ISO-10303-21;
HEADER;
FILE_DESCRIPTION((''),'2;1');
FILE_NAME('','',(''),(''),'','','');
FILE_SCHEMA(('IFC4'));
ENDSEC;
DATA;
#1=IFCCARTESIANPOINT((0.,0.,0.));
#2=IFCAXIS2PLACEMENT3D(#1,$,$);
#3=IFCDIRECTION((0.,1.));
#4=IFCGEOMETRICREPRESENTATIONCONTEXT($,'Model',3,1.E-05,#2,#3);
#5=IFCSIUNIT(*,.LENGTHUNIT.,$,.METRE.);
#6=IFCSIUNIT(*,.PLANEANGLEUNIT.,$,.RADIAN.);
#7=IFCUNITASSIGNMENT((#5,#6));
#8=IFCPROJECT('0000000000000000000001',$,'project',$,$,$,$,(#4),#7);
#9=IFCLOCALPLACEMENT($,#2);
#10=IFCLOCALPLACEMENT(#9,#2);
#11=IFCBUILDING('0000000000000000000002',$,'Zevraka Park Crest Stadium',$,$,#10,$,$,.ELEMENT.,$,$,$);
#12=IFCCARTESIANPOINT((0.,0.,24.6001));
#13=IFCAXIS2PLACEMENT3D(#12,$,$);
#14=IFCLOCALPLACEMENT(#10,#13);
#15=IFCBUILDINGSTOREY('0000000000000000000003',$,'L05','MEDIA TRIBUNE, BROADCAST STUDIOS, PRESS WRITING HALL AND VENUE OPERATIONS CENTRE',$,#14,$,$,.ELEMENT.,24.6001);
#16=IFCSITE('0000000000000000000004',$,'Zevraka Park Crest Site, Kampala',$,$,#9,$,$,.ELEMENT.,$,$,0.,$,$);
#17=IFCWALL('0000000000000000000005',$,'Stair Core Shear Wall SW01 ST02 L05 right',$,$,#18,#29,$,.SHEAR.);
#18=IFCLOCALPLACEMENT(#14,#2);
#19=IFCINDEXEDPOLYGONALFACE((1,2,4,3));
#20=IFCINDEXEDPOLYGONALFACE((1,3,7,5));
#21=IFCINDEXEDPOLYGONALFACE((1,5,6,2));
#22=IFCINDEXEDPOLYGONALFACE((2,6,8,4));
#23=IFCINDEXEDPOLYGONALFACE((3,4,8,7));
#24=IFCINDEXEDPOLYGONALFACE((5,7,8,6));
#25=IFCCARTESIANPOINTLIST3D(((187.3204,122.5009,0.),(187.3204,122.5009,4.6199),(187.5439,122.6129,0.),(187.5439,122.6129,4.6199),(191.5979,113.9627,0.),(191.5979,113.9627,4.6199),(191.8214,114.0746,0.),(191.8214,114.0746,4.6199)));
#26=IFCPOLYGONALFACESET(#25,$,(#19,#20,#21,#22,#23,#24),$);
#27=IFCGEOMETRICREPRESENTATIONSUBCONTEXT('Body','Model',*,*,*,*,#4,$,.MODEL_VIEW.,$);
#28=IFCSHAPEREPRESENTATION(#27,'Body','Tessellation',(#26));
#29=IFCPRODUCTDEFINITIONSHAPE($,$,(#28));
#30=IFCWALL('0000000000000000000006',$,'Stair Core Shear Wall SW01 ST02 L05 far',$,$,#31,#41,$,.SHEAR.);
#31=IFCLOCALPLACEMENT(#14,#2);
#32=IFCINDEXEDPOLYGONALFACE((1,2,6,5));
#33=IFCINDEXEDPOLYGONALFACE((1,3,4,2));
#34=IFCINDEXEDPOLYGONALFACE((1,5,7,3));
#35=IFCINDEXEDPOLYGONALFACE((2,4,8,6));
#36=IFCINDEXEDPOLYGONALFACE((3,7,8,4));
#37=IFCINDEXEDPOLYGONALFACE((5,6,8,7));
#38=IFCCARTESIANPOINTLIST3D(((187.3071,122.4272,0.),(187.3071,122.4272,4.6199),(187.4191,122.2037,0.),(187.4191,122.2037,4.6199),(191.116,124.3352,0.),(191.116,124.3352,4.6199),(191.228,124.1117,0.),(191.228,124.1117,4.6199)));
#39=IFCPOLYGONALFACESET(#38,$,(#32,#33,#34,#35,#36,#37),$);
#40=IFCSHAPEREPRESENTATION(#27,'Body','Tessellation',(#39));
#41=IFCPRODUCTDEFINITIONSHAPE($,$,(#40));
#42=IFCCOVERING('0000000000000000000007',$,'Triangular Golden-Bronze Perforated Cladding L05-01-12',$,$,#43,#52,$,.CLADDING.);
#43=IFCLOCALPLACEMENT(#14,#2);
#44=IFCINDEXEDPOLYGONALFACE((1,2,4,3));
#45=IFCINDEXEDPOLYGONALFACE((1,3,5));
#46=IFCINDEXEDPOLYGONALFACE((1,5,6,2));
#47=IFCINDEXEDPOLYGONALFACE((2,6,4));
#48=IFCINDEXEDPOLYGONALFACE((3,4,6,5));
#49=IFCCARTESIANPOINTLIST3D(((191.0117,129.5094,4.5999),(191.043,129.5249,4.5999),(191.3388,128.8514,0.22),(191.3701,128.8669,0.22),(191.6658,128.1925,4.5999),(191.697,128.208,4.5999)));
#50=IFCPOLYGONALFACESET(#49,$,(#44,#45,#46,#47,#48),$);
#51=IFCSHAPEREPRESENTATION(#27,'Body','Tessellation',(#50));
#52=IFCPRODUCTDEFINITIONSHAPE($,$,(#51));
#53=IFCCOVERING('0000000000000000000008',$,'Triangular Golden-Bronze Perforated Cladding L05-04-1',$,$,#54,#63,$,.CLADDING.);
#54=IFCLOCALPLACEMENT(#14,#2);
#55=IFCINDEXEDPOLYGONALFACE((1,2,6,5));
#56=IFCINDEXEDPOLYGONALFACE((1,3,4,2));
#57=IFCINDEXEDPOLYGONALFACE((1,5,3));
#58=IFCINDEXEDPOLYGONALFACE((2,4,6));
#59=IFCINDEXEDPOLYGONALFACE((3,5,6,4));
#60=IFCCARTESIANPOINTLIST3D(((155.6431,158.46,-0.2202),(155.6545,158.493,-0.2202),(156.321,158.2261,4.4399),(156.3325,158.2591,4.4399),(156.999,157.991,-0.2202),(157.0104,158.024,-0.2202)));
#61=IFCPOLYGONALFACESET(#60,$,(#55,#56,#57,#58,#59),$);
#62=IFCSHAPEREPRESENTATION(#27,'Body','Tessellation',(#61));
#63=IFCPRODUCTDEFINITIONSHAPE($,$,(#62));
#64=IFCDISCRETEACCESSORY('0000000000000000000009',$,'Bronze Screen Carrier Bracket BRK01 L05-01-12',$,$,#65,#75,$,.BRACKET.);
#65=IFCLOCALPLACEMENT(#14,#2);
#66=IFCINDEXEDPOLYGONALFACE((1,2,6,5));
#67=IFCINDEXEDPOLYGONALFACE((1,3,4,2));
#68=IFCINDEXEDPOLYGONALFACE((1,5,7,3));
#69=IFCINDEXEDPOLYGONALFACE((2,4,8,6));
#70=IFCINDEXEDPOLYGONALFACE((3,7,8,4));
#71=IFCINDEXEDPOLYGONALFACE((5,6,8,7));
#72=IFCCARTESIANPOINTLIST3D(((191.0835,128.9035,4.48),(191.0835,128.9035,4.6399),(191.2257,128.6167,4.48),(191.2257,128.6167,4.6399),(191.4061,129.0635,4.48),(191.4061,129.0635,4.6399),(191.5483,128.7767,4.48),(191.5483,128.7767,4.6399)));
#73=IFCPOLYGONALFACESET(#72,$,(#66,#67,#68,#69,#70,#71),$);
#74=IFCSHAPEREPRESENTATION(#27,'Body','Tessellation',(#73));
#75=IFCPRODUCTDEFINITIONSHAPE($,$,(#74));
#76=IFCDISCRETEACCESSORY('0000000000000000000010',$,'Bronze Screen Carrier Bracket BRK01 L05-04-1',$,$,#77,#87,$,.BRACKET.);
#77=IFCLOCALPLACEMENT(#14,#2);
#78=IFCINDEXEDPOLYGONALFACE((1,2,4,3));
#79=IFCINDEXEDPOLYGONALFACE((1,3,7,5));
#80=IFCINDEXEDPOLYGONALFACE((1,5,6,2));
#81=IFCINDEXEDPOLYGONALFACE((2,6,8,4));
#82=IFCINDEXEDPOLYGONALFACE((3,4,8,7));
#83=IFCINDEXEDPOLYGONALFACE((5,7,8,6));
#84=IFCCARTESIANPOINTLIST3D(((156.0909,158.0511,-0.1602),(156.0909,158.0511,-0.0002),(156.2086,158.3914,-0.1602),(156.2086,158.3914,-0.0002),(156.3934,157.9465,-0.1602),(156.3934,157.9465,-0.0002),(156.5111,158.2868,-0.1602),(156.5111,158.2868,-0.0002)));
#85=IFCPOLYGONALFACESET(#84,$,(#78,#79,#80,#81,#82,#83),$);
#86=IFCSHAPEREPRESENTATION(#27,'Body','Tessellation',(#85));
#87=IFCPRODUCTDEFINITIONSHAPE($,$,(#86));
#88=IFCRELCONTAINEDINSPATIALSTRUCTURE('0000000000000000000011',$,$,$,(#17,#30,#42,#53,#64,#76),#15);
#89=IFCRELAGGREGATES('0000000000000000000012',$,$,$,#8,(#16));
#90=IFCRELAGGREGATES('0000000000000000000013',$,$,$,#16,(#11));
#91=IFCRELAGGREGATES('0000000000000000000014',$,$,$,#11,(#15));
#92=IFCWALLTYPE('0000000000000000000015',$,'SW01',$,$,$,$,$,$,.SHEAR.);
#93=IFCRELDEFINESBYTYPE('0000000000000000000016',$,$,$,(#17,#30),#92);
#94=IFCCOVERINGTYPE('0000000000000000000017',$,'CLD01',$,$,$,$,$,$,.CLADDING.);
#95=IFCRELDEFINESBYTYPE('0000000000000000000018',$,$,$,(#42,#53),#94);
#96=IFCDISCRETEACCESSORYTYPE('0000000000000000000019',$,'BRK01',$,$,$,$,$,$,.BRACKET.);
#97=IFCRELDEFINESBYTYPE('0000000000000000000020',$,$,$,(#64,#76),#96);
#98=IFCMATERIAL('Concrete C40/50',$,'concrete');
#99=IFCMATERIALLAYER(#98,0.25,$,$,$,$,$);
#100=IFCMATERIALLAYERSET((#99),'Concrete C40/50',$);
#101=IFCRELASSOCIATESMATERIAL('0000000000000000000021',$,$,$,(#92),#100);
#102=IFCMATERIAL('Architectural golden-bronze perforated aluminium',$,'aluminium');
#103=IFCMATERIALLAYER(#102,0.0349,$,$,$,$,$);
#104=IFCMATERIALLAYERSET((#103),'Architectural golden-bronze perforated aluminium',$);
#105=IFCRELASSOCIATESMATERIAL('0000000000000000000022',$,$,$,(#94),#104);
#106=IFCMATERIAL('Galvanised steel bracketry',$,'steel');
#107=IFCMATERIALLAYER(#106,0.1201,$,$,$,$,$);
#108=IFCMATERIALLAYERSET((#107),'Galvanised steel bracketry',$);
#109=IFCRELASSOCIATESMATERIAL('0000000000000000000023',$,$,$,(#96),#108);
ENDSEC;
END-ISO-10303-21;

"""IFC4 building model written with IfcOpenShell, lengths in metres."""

from ifc_helpers import new_model, si_unit, direction, frame, frame_2d, origin, origin_2d, place, context, subcontext, project, spatial, polyline, rectangle, outline, extrude, material, layer, layer_set, type_object, element, save


model = new_model("IFC4")

# Units and contexts
model_context = context("Model", 3, precision=1e-05, world=origin(), true_north=direction((0.0, 1.0)))
body_context = subcontext(model_context, "Body", "Model", "MODEL_VIEW")
ifc_project = project(units=[si_unit("LENGTHUNIT", "METRE"), si_unit("PLANEANGLEUNIT", "RADIAN")], contexts=[model_context])

# Site, building, storey
site_placement = place(None, origin())
site = spatial("IfcSite", under=ifc_project, at=site_placement, Name="Zevraka Park Crest Site, Kampala", CompositionType="ELEMENT", RefElevation=0.0)
building_placement = place(site_placement, origin())
building = spatial("IfcBuilding", under=site, at=building_placement, Name="Zevraka Park Crest Stadium", CompositionType="ELEMENT")
storey_placement = place(building_placement, frame((0.0, 0.0, 24.6001)))
storey = spatial("IfcBuildingStorey", under=building, at=storey_placement, Name="L05", Description="MEDIA TRIBUNE, BROADCAST STUDIOS, PRESS WRITING HALL AND VENUE OPERATIONS CENTRE", CompositionType="ELEMENT", Elevation=24.6001)

# Walls
ifc_material_1 = material(Name="Concrete C40/50", Category="concrete")
ifc_layer_1 = layer(ifc_material_1, 0.25)
ifc_layer_set_1 = layer_set([ifc_layer_1], Name="Concrete C40/50")
wall_type_1 = type_object("IfcWallType", Name="SW01", PredefinedType="SHEAR", material=ifc_layer_set_1)
wall_1_placement = place(storey_placement, frame((187.4321, 122.5569, 0.0), z_axis=(0.0, 0.0, 1.0), x_axis=(0.447919, -0.894074, 0.0)))
element("IfcWall", 1, at=wall_1_placement, inside=storey, type_object=wall_type_1, Name="Stair Core Shear Wall SW01 ST02 L05 right", PredefinedType="SHEAR", context=body_context, shape_type="SweptSolid", body=[
    extrude(rectangle(XDim=9.5498, YDim=0.25, at=frame_2d((4.7749, 0.0))), origin(), (0.0, 0.0, 1.0), 4.6199),
])
wall_2_placement = place(storey_placement, frame((191.1719, 124.2234, 0.0), z_axis=(0.0, 0.0, 1.0), x_axis=(-0.894095, -0.447878, 0.0)))
element("IfcWall", 2, at=wall_2_placement, inside=storey, type_object=wall_type_1, Name="Stair Core Shear Wall SW01 ST02 L05 far", PredefinedType="SHEAR", context=body_context, shape_type="SweptSolid", body=[
    extrude(rectangle(XDim=4.26, YDim=0.25, at=frame_2d((2.1299, 0.0))), origin(), (0.0, 0.0, 1.0), 4.6199),
])

# Coverings
ifc_material_2 = material(Name="Architectural golden-bronze perforated aluminium", Category="aluminium")
ifc_layer_2 = layer(ifc_material_2, 0.0349)
ifc_layer_set_2 = layer_set([ifc_layer_2], Name="Architectural golden-bronze perforated aluminium")
covering_type = type_object("IfcCoveringType", Name="CLD01", PredefinedType="CLADDING", material=ifc_layer_set_2)
covering_1_placement = place(storey_placement, frame((191.043, 129.5249, 4.5999), z_axis=(0.895619, 0.444821, 0.000075), x_axis=(0.444821, -0.895619, 0.0)))
element("IfcCovering", 3, at=covering_1_placement, inside=storey, type_object=covering_type, Name="Triangular Golden-Bronze Perforated Cladding L05-01-12", PredefinedType="CLADDING", context=body_context, shape_type="SweptSolid", body=[
    extrude(outline(polyline([(0.0, 0.0), (1.4704, 0.0), (0.7348, 4.3799), (0.0, 0.0)])), origin(), (0.0, 0.0, -1.0), 0.0349),
])
covering_2_placement = place(storey_placement, frame((156.999, 157.991, -0.2202), z_axis=(-0.326877, -0.945067, 0.000124), x_axis=(-0.945067, 0.326877, 0.0)))
element("IfcCovering", 4, at=covering_2_placement, inside=storey, type_object=covering_type, Name="Triangular Golden-Bronze Perforated Cladding L05-04-1", PredefinedType="CLADDING", context=body_context, shape_type="SweptSolid", body=[
    extrude(outline(polyline([(0.0, 0.0), (1.4348, 0.0), (0.7176, -4.6602), (0.0, 0.0)])), origin(), (0.0, 0.0, -1.0), 0.0349),
])

# Discrete accessories
ifc_material_3 = material(Name="Galvanised steel bracketry", Category="steel")
ifc_layer_3 = layer(ifc_material_3, 0.1201)
ifc_layer_set_3 = layer_set([ifc_layer_3], Name="Galvanised steel bracketry")
discrete_accessory_type = type_object("IfcDiscreteAccessoryType", Name="BRK01", PredefinedType="BRACKET", material=ifc_layer_set_3)
for number, where, z_axis, x_axis, name in (
    (5, (191.3159, 128.8401, 4.48), (0.0, 0.0, 1.0), (-0.444322, 0.895867, 0.0), "Bronze Screen Carrier Bracket BRK01 L05-01-12"),
    (6, (156.301, 158.1689, -0.1602), (0.0, 0.0, 1.0), (-0.945063, 0.326888, 0.0), "Bronze Screen Carrier Bracket BRK01 L05-04-1"),
):
    element("IfcDiscreteAccessory", number, at=place(storey_placement, frame(where, z_axis=z_axis, x_axis=x_axis)), inside=storey, type_object=discrete_accessory_type, Name=name, PredefinedType="BRACKET", context=body_context, shape_type="SweptSolid", body=[
        extrude(rectangle(XDim=0.3201, YDim=0.3601, at=origin_2d()), origin(), (0.0, 0.0, 1.0), 0.1599),
    ])

save(model, "model.ifc")
